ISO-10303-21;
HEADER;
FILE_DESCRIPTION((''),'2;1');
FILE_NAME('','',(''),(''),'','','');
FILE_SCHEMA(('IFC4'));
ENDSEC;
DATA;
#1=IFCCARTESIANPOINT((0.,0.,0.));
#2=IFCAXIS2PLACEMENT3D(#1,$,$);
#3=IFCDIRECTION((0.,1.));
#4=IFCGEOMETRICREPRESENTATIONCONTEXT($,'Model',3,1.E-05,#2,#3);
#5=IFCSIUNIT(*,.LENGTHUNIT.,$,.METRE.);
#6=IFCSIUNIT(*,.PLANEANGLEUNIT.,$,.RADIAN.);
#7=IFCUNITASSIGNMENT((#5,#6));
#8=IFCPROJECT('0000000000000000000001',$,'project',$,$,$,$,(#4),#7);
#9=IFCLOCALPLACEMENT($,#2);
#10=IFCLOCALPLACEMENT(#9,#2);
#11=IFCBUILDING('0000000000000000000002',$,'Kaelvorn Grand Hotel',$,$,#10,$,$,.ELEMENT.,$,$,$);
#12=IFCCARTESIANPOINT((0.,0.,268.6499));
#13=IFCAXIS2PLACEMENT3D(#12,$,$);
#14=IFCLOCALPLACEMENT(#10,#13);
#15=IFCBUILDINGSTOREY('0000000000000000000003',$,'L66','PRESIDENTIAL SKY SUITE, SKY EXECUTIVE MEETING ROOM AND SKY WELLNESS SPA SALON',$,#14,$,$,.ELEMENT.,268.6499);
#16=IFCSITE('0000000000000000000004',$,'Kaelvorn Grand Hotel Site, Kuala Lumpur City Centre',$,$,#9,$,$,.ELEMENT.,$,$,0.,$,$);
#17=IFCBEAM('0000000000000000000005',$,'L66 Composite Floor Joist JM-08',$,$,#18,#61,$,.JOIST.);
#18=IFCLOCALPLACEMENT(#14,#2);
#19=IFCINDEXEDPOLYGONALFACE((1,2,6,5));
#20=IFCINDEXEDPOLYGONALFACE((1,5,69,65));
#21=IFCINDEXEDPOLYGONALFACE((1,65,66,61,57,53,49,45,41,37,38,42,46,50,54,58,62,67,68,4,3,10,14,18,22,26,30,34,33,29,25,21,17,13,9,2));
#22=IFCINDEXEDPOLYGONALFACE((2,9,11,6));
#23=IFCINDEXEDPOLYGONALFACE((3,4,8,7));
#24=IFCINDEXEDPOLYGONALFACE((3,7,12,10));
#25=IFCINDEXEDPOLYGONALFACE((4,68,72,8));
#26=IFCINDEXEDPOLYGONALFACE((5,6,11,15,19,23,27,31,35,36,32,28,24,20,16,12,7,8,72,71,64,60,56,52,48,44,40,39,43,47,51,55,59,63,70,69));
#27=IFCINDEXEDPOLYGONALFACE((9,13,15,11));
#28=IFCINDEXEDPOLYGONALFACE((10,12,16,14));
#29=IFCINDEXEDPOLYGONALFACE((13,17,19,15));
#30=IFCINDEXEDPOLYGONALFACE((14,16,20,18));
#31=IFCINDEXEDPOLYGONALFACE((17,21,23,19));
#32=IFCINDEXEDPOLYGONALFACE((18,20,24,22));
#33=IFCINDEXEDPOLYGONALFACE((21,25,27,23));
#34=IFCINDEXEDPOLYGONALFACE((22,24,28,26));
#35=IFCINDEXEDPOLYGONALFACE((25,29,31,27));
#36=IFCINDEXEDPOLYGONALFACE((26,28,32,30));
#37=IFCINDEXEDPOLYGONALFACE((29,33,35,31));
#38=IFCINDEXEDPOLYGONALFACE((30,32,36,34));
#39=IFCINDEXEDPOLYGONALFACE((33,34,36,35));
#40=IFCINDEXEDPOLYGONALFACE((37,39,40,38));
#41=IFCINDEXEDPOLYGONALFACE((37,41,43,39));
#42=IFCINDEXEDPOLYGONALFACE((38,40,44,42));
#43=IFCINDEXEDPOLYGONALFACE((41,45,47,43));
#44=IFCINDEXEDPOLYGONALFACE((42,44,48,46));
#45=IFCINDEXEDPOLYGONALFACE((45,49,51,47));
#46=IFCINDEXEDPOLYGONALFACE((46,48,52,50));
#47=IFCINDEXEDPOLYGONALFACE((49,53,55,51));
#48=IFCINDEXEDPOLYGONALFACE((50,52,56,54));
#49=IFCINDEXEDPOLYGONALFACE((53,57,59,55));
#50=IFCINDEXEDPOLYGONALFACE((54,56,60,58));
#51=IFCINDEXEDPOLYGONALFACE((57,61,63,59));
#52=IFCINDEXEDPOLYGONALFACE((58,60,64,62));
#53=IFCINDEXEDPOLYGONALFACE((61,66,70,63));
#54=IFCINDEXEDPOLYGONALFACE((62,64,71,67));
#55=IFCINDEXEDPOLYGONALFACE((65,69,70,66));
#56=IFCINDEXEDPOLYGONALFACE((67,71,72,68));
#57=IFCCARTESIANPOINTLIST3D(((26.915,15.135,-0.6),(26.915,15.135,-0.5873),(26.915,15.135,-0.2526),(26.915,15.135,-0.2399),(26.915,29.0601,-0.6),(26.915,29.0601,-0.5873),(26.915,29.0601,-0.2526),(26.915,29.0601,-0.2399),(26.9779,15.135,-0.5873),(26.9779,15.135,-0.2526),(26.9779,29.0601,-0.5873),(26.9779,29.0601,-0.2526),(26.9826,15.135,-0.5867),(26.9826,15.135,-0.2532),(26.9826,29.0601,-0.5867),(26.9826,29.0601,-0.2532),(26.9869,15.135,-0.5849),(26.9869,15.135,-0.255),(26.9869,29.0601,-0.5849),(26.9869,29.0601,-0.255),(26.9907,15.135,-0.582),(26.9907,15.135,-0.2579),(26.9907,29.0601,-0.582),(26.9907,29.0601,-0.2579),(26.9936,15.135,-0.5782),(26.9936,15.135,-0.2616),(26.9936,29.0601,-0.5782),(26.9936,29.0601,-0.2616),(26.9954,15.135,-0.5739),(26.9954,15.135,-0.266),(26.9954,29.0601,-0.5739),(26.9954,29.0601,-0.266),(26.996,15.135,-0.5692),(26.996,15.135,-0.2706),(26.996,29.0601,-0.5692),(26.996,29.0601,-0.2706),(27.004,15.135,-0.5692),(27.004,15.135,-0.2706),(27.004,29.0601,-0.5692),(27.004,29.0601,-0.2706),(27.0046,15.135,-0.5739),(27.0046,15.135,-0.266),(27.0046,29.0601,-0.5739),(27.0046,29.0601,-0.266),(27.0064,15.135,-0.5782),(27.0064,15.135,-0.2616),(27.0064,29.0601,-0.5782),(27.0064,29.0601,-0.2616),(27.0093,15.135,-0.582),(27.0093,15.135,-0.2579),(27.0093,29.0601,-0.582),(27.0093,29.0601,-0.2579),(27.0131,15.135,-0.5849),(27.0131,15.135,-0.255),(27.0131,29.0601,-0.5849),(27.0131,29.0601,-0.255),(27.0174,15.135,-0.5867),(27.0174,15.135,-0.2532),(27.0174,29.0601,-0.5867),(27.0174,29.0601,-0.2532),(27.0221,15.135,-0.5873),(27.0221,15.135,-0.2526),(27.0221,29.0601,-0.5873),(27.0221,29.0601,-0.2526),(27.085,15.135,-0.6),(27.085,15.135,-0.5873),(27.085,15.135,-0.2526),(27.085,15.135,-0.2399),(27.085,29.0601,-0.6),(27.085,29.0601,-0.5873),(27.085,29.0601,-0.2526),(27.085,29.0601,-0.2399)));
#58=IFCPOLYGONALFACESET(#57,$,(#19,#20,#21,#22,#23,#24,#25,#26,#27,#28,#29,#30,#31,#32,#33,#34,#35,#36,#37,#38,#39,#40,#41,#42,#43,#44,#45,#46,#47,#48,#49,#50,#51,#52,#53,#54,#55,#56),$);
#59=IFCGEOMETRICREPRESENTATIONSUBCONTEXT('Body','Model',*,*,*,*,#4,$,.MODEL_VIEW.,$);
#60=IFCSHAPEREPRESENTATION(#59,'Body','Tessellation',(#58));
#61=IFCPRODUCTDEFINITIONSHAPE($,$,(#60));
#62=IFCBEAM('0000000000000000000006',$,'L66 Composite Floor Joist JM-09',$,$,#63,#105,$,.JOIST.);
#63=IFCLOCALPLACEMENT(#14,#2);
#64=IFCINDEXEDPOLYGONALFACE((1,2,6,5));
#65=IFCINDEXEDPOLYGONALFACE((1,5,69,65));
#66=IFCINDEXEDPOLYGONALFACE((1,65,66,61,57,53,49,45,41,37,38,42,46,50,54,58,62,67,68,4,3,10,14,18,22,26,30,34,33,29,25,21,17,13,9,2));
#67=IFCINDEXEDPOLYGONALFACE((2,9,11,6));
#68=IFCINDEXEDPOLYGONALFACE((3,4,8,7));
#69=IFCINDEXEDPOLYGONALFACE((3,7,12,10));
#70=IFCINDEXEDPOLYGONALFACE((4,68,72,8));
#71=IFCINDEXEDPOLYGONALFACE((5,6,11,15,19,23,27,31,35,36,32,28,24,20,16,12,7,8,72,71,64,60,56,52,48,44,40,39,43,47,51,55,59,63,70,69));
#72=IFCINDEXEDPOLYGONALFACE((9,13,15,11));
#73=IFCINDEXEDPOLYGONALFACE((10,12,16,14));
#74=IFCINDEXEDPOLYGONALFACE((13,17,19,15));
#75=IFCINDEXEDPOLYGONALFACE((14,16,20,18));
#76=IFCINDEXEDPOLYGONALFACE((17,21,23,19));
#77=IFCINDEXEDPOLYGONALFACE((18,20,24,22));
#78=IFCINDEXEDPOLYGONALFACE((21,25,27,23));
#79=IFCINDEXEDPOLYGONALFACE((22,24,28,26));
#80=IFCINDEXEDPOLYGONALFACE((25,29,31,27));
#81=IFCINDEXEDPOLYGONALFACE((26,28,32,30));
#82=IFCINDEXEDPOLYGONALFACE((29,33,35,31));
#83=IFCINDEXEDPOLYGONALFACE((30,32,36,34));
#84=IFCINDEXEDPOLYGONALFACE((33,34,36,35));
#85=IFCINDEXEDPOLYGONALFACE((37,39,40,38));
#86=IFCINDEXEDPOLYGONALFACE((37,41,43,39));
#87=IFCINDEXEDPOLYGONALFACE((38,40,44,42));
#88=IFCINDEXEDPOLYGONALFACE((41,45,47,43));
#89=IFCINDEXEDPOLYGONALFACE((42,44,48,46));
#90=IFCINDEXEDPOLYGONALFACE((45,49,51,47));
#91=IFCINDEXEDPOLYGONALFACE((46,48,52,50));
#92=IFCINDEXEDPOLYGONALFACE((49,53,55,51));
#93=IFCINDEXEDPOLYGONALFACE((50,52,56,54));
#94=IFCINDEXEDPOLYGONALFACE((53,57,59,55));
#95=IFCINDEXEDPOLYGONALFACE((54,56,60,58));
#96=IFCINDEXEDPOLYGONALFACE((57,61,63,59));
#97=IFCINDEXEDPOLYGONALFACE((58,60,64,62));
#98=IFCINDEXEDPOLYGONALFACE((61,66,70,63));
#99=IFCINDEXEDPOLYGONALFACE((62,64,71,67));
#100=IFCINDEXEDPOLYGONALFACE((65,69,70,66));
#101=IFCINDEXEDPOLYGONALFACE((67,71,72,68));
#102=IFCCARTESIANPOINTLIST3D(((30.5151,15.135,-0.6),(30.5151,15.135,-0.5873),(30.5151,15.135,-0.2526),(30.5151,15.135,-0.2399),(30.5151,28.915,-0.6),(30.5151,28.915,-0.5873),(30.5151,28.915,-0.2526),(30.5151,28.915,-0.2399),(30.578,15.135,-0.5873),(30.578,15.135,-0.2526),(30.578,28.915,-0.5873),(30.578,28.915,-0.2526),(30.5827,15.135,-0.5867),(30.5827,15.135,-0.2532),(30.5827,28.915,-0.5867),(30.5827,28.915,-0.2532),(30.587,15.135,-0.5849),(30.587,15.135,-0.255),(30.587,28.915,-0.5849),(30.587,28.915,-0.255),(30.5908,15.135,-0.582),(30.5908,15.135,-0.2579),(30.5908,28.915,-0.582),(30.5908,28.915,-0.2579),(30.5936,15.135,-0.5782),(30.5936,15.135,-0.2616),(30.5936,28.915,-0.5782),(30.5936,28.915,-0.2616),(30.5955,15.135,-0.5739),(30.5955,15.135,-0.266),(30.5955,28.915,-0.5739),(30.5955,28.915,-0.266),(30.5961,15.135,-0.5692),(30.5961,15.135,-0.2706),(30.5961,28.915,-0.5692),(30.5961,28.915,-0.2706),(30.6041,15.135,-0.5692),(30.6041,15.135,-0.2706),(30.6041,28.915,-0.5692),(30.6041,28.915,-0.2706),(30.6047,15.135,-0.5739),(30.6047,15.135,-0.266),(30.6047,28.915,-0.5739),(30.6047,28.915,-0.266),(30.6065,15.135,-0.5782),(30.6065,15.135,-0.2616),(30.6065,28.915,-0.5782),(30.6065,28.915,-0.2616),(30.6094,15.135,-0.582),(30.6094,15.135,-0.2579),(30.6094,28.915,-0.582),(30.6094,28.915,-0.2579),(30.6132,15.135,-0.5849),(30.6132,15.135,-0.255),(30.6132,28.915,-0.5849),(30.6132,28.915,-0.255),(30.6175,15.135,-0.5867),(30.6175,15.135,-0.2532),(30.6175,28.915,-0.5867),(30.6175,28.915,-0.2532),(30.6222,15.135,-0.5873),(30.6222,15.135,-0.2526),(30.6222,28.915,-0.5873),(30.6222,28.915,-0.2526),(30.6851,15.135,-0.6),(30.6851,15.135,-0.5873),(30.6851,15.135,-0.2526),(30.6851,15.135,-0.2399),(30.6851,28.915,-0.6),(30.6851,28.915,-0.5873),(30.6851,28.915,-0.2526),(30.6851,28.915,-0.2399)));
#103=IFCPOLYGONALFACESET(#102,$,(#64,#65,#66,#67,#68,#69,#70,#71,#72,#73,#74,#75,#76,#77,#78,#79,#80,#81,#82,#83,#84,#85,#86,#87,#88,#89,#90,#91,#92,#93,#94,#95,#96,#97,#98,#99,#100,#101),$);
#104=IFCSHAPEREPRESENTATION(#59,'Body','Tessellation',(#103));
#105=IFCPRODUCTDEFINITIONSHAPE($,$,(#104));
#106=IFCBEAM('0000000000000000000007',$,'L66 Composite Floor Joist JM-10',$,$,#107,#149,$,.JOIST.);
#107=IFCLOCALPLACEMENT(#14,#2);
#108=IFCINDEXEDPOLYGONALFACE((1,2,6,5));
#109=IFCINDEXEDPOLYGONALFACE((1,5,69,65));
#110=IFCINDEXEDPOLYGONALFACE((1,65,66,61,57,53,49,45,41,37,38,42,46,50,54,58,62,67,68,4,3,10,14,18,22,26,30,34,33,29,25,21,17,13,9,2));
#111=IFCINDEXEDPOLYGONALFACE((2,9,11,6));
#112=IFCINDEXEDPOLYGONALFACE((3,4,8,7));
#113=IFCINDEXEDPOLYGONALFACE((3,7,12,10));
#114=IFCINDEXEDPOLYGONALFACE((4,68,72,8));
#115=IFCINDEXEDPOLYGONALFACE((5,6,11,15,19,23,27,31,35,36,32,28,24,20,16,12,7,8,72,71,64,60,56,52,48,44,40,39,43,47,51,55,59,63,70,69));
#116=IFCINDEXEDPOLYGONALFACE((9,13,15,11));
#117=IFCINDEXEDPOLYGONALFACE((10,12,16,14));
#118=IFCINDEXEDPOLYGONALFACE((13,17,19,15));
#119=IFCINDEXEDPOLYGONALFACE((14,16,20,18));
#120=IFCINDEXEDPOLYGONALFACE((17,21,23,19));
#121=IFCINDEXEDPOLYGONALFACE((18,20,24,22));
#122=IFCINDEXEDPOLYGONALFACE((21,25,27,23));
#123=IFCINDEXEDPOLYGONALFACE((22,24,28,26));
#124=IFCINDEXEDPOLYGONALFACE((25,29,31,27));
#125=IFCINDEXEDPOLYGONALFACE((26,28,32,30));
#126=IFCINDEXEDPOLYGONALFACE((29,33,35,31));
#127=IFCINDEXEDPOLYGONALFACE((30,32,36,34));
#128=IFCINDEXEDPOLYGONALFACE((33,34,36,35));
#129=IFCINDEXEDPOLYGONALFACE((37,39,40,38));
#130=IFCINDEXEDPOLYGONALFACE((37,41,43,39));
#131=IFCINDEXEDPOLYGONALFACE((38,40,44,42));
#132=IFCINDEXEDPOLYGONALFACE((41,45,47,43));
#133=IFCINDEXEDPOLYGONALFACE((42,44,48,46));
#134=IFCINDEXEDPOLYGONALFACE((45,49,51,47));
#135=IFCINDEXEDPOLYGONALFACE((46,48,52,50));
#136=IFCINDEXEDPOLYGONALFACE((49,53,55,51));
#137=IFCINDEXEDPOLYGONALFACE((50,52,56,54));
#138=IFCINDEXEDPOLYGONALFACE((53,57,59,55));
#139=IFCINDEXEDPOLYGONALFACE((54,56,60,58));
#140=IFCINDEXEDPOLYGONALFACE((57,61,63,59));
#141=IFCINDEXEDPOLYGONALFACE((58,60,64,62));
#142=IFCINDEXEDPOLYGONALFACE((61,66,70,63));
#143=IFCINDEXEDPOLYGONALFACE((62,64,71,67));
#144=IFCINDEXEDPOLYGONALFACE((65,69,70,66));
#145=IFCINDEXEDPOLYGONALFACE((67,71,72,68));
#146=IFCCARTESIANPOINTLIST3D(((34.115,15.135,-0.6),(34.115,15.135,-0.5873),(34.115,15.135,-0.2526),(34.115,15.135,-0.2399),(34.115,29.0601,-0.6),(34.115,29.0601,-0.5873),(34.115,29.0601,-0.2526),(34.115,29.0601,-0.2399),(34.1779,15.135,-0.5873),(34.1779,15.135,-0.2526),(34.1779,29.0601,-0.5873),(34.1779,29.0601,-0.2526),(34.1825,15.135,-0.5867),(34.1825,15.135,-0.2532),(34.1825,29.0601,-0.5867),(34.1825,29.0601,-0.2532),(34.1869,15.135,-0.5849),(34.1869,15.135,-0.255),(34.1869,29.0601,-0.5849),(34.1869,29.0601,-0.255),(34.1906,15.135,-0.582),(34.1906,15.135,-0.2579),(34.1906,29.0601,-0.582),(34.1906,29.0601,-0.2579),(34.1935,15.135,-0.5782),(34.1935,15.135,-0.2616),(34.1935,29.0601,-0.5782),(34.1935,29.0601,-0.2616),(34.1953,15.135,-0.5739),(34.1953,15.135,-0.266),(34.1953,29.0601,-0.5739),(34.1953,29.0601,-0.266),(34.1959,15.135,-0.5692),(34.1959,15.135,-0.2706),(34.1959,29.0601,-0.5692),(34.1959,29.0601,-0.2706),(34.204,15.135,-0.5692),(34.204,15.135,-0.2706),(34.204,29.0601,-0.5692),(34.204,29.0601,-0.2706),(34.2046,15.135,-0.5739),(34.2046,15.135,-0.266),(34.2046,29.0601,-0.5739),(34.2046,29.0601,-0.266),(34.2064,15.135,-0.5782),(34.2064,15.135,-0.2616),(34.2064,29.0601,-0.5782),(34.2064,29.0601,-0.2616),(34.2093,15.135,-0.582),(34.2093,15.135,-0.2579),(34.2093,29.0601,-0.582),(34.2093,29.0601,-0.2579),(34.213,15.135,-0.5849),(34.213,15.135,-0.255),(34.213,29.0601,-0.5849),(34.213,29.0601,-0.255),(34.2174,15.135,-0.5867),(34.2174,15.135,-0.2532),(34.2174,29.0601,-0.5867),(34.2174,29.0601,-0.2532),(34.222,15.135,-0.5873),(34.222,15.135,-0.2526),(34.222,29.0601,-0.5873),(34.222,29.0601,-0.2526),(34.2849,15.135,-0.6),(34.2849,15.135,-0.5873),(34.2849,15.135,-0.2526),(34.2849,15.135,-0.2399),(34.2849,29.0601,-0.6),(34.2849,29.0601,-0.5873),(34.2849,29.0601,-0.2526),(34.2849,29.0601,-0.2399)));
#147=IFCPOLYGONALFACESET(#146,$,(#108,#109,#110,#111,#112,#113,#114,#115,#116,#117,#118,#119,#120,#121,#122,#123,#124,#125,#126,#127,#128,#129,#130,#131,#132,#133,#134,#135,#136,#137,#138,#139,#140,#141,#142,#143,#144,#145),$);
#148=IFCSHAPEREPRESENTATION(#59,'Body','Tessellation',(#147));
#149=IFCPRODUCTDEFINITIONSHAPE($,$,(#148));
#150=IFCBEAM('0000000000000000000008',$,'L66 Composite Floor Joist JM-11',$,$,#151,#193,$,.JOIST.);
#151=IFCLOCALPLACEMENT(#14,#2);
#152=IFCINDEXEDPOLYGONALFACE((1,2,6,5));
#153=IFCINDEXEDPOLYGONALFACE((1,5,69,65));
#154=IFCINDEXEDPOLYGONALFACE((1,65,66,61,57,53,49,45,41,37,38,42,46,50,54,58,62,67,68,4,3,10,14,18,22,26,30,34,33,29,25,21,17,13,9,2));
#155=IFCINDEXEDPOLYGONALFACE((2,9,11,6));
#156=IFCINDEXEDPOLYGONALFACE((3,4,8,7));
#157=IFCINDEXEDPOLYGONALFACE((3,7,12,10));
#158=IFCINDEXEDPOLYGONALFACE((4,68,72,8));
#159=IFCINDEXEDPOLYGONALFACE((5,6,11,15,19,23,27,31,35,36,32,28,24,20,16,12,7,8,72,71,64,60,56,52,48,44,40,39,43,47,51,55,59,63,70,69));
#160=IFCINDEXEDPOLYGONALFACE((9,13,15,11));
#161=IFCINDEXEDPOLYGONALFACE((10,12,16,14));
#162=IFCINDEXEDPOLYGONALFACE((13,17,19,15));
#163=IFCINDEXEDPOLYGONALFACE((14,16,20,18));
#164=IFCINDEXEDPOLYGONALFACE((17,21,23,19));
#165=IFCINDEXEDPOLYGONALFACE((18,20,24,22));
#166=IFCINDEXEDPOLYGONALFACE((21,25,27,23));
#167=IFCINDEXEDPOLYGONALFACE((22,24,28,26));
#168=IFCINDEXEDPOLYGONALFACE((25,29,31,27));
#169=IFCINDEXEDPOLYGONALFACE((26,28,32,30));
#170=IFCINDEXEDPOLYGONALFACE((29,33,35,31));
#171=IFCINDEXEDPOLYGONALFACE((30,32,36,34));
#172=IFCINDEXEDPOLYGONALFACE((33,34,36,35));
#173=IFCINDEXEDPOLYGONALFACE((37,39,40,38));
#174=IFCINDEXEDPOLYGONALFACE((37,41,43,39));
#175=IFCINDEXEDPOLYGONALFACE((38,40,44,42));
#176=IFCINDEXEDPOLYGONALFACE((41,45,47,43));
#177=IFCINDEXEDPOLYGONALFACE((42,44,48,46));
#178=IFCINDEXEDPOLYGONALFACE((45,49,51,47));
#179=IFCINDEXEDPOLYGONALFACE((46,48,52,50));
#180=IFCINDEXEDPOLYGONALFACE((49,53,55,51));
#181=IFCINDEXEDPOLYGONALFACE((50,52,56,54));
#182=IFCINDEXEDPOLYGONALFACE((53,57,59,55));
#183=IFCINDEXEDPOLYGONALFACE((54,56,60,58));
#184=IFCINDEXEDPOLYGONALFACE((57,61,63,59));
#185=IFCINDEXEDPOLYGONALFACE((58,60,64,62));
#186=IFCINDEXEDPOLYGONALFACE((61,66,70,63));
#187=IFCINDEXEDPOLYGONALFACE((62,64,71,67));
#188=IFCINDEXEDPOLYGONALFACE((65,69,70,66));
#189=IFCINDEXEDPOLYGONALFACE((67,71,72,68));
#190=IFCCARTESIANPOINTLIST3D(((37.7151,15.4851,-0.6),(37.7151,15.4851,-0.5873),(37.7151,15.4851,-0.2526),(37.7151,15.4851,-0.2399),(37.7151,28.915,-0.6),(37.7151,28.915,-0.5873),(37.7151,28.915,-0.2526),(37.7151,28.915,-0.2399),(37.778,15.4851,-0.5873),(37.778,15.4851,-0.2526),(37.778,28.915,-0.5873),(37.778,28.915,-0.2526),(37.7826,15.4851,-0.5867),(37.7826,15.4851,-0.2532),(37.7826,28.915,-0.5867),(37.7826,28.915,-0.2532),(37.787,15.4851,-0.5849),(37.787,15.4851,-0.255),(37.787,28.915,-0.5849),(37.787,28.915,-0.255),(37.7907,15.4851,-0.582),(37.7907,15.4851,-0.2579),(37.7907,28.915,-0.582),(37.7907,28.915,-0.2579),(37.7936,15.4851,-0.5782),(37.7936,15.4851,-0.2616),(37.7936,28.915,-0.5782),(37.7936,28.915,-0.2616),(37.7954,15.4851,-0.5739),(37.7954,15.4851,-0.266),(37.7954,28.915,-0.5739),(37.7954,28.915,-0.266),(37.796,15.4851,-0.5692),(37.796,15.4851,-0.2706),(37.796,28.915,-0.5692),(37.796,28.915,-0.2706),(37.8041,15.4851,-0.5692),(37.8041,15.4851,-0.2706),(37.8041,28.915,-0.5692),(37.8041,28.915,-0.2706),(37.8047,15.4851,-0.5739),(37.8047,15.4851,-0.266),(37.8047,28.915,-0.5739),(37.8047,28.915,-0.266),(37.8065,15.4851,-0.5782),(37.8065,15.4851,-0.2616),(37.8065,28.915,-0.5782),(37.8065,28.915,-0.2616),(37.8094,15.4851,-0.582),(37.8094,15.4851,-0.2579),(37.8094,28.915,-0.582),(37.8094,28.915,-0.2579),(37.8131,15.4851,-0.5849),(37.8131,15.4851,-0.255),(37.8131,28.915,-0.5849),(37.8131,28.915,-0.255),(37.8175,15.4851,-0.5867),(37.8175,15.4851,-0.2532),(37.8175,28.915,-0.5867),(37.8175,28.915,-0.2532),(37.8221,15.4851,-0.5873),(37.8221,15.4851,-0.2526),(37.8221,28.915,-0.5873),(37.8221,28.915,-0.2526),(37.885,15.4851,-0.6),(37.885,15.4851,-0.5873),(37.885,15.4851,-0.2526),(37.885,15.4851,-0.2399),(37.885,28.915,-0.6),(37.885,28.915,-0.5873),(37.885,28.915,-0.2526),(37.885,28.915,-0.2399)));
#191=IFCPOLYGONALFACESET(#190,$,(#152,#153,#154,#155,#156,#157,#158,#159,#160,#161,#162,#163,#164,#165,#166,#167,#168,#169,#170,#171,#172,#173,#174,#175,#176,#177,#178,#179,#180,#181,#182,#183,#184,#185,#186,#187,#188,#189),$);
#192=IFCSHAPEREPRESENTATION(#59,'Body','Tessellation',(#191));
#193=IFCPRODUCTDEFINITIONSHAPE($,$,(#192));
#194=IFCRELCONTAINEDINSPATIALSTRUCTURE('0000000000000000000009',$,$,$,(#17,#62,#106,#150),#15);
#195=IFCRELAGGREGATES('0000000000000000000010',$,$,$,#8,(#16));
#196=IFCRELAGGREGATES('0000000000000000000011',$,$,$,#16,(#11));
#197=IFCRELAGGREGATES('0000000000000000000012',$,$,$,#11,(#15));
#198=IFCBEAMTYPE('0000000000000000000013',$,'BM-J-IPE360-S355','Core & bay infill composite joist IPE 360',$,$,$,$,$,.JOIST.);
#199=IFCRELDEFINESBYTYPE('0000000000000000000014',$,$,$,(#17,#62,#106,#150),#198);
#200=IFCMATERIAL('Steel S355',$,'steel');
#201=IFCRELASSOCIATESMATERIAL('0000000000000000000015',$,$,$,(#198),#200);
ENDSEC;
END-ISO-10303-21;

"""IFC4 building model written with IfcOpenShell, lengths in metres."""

from ifc_helpers import new_model, si_unit, direction, frame, origin, origin_2d, place, context, subcontext, project, spatial, i_section, extrude, material, material_profile, profile_set, type_object, element, save


model = new_model("IFC4")

# Units and contexts
model_context = context("Model", 3, precision=1e-05, world=origin(), true_north=direction((0.0, 1.0)))
body_context = subcontext(model_context, "Body", "Model", "MODEL_VIEW")
ifc_project = project(units=[si_unit("LENGTHUNIT", "METRE"), si_unit("PLANEANGLEUNIT", "RADIAN")], contexts=[model_context])

# Site, building, storey
site_placement = place(None, origin())
site = spatial("IfcSite", under=ifc_project, at=site_placement, Name="Kaelvorn Grand Hotel Site, Kuala Lumpur City Centre", CompositionType="ELEMENT", RefElevation=0.0)
building_placement = place(site_placement, origin())
building = spatial("IfcBuilding", under=site, at=building_placement, Name="Kaelvorn Grand Hotel", CompositionType="ELEMENT")
storey_placement = place(building_placement, frame((0.0, 0.0, 268.6499)))
storey = spatial("IfcBuildingStorey", under=building, at=storey_placement, Name="L66", Description="PRESIDENTIAL SKY SUITE, SKY EXECUTIVE MEETING ROOM AND SKY WELLNESS SPA SALON", CompositionType="ELEMENT", Elevation=268.6499)

# Beams
ifc_material_1 = material(Name="Steel S355", Category="steel")
ifc_material_profile_1 = material_profile(ifc_material_1, i_section(OverallWidth=0.1699, OverallDepth=0.3601, WebThickness=0.0081, FlangeThickness=0.0127, FilletRadius=0.0181, at=origin_2d()), Name="IPE 360")
ifc_profile_set_1 = profile_set([ifc_material_profile_1], Name="Steel S355")
beam_type_1 = type_object("IfcBeamType", Name="BM-J-IPE360-S355", Description="Core & bay infill composite joist IPE 360", PredefinedType="JOIST", material=ifc_profile_set_1)
beam_1_placement = place(storey_placement, frame((27.0, 15.135, -0.4199), z_axis=(0.0, 1.0, 0.0), x_axis=(-1.0, 0.0, 0.0)))
element("IfcBeam", 1, at=beam_1_placement, inside=storey, type_object=beam_type_1, Name="L66 Composite Floor Joist JM-08", PredefinedType="JOIST", context=body_context, shape_type="SweptSolid", body=[
    extrude(i_section(OverallWidth=0.1699, OverallDepth=0.3601, WebThickness=0.0081, FlangeThickness=0.0127, FilletRadius=0.0181, at=origin_2d()), origin(), (0.0, 0.0, 1.0), 13.925),
])
beam_2_placement = place(storey_placement, frame((30.6001, 15.135, -0.4199), z_axis=(0.0, 1.0, 0.0), x_axis=(-1.0, 0.0, 0.0)))
element("IfcBeam", 2, at=beam_2_placement, inside=storey, type_object=beam_type_1, Name="L66 Composite Floor Joist JM-09", PredefinedType="JOIST", context=body_context, shape_type="SweptSolid", body=[
    extrude(i_section(OverallWidth=0.1699, OverallDepth=0.3601, WebThickness=0.0081, FlangeThickness=0.0127, FilletRadius=0.0181, at=origin_2d()), origin(), (0.0, 0.0, 1.0), 13.78),
])
beam_3_placement = place(storey_placement, frame((34.2, 15.135, -0.4199), z_axis=(0.0, 1.0, 0.0), x_axis=(-1.0, 0.0, 0.0)))
element("IfcBeam", 3, at=beam_3_placement, inside=storey, type_object=beam_type_1, Name="L66 Composite Floor Joist JM-10", PredefinedType="JOIST", context=body_context, shape_type="SweptSolid", body=[
    extrude(i_section(OverallWidth=0.1699, OverallDepth=0.3601, WebThickness=0.0081, FlangeThickness=0.0127, FilletRadius=0.0181, at=origin_2d()), origin(), (0.0, 0.0, 1.0), 13.925),
])
beam_4_placement = place(storey_placement, frame((37.8, 15.4851, -0.4199), z_axis=(0.0, 1.0, 0.0), x_axis=(-1.0, 0.0, 0.0)))
element("IfcBeam", 4, at=beam_4_placement, inside=storey, type_object=beam_type_1, Name="L66 Composite Floor Joist JM-11", PredefinedType="JOIST", context=body_context, shape_type="SweptSolid", body=[
    extrude(i_section(OverallWidth=0.1699, OverallDepth=0.3601, WebThickness=0.0081, FlangeThickness=0.0127, FilletRadius=0.0181, at=origin_2d()), origin(), (0.0, 0.0, 1.0), 13.4299),
])

save(model, "model.ifc")
